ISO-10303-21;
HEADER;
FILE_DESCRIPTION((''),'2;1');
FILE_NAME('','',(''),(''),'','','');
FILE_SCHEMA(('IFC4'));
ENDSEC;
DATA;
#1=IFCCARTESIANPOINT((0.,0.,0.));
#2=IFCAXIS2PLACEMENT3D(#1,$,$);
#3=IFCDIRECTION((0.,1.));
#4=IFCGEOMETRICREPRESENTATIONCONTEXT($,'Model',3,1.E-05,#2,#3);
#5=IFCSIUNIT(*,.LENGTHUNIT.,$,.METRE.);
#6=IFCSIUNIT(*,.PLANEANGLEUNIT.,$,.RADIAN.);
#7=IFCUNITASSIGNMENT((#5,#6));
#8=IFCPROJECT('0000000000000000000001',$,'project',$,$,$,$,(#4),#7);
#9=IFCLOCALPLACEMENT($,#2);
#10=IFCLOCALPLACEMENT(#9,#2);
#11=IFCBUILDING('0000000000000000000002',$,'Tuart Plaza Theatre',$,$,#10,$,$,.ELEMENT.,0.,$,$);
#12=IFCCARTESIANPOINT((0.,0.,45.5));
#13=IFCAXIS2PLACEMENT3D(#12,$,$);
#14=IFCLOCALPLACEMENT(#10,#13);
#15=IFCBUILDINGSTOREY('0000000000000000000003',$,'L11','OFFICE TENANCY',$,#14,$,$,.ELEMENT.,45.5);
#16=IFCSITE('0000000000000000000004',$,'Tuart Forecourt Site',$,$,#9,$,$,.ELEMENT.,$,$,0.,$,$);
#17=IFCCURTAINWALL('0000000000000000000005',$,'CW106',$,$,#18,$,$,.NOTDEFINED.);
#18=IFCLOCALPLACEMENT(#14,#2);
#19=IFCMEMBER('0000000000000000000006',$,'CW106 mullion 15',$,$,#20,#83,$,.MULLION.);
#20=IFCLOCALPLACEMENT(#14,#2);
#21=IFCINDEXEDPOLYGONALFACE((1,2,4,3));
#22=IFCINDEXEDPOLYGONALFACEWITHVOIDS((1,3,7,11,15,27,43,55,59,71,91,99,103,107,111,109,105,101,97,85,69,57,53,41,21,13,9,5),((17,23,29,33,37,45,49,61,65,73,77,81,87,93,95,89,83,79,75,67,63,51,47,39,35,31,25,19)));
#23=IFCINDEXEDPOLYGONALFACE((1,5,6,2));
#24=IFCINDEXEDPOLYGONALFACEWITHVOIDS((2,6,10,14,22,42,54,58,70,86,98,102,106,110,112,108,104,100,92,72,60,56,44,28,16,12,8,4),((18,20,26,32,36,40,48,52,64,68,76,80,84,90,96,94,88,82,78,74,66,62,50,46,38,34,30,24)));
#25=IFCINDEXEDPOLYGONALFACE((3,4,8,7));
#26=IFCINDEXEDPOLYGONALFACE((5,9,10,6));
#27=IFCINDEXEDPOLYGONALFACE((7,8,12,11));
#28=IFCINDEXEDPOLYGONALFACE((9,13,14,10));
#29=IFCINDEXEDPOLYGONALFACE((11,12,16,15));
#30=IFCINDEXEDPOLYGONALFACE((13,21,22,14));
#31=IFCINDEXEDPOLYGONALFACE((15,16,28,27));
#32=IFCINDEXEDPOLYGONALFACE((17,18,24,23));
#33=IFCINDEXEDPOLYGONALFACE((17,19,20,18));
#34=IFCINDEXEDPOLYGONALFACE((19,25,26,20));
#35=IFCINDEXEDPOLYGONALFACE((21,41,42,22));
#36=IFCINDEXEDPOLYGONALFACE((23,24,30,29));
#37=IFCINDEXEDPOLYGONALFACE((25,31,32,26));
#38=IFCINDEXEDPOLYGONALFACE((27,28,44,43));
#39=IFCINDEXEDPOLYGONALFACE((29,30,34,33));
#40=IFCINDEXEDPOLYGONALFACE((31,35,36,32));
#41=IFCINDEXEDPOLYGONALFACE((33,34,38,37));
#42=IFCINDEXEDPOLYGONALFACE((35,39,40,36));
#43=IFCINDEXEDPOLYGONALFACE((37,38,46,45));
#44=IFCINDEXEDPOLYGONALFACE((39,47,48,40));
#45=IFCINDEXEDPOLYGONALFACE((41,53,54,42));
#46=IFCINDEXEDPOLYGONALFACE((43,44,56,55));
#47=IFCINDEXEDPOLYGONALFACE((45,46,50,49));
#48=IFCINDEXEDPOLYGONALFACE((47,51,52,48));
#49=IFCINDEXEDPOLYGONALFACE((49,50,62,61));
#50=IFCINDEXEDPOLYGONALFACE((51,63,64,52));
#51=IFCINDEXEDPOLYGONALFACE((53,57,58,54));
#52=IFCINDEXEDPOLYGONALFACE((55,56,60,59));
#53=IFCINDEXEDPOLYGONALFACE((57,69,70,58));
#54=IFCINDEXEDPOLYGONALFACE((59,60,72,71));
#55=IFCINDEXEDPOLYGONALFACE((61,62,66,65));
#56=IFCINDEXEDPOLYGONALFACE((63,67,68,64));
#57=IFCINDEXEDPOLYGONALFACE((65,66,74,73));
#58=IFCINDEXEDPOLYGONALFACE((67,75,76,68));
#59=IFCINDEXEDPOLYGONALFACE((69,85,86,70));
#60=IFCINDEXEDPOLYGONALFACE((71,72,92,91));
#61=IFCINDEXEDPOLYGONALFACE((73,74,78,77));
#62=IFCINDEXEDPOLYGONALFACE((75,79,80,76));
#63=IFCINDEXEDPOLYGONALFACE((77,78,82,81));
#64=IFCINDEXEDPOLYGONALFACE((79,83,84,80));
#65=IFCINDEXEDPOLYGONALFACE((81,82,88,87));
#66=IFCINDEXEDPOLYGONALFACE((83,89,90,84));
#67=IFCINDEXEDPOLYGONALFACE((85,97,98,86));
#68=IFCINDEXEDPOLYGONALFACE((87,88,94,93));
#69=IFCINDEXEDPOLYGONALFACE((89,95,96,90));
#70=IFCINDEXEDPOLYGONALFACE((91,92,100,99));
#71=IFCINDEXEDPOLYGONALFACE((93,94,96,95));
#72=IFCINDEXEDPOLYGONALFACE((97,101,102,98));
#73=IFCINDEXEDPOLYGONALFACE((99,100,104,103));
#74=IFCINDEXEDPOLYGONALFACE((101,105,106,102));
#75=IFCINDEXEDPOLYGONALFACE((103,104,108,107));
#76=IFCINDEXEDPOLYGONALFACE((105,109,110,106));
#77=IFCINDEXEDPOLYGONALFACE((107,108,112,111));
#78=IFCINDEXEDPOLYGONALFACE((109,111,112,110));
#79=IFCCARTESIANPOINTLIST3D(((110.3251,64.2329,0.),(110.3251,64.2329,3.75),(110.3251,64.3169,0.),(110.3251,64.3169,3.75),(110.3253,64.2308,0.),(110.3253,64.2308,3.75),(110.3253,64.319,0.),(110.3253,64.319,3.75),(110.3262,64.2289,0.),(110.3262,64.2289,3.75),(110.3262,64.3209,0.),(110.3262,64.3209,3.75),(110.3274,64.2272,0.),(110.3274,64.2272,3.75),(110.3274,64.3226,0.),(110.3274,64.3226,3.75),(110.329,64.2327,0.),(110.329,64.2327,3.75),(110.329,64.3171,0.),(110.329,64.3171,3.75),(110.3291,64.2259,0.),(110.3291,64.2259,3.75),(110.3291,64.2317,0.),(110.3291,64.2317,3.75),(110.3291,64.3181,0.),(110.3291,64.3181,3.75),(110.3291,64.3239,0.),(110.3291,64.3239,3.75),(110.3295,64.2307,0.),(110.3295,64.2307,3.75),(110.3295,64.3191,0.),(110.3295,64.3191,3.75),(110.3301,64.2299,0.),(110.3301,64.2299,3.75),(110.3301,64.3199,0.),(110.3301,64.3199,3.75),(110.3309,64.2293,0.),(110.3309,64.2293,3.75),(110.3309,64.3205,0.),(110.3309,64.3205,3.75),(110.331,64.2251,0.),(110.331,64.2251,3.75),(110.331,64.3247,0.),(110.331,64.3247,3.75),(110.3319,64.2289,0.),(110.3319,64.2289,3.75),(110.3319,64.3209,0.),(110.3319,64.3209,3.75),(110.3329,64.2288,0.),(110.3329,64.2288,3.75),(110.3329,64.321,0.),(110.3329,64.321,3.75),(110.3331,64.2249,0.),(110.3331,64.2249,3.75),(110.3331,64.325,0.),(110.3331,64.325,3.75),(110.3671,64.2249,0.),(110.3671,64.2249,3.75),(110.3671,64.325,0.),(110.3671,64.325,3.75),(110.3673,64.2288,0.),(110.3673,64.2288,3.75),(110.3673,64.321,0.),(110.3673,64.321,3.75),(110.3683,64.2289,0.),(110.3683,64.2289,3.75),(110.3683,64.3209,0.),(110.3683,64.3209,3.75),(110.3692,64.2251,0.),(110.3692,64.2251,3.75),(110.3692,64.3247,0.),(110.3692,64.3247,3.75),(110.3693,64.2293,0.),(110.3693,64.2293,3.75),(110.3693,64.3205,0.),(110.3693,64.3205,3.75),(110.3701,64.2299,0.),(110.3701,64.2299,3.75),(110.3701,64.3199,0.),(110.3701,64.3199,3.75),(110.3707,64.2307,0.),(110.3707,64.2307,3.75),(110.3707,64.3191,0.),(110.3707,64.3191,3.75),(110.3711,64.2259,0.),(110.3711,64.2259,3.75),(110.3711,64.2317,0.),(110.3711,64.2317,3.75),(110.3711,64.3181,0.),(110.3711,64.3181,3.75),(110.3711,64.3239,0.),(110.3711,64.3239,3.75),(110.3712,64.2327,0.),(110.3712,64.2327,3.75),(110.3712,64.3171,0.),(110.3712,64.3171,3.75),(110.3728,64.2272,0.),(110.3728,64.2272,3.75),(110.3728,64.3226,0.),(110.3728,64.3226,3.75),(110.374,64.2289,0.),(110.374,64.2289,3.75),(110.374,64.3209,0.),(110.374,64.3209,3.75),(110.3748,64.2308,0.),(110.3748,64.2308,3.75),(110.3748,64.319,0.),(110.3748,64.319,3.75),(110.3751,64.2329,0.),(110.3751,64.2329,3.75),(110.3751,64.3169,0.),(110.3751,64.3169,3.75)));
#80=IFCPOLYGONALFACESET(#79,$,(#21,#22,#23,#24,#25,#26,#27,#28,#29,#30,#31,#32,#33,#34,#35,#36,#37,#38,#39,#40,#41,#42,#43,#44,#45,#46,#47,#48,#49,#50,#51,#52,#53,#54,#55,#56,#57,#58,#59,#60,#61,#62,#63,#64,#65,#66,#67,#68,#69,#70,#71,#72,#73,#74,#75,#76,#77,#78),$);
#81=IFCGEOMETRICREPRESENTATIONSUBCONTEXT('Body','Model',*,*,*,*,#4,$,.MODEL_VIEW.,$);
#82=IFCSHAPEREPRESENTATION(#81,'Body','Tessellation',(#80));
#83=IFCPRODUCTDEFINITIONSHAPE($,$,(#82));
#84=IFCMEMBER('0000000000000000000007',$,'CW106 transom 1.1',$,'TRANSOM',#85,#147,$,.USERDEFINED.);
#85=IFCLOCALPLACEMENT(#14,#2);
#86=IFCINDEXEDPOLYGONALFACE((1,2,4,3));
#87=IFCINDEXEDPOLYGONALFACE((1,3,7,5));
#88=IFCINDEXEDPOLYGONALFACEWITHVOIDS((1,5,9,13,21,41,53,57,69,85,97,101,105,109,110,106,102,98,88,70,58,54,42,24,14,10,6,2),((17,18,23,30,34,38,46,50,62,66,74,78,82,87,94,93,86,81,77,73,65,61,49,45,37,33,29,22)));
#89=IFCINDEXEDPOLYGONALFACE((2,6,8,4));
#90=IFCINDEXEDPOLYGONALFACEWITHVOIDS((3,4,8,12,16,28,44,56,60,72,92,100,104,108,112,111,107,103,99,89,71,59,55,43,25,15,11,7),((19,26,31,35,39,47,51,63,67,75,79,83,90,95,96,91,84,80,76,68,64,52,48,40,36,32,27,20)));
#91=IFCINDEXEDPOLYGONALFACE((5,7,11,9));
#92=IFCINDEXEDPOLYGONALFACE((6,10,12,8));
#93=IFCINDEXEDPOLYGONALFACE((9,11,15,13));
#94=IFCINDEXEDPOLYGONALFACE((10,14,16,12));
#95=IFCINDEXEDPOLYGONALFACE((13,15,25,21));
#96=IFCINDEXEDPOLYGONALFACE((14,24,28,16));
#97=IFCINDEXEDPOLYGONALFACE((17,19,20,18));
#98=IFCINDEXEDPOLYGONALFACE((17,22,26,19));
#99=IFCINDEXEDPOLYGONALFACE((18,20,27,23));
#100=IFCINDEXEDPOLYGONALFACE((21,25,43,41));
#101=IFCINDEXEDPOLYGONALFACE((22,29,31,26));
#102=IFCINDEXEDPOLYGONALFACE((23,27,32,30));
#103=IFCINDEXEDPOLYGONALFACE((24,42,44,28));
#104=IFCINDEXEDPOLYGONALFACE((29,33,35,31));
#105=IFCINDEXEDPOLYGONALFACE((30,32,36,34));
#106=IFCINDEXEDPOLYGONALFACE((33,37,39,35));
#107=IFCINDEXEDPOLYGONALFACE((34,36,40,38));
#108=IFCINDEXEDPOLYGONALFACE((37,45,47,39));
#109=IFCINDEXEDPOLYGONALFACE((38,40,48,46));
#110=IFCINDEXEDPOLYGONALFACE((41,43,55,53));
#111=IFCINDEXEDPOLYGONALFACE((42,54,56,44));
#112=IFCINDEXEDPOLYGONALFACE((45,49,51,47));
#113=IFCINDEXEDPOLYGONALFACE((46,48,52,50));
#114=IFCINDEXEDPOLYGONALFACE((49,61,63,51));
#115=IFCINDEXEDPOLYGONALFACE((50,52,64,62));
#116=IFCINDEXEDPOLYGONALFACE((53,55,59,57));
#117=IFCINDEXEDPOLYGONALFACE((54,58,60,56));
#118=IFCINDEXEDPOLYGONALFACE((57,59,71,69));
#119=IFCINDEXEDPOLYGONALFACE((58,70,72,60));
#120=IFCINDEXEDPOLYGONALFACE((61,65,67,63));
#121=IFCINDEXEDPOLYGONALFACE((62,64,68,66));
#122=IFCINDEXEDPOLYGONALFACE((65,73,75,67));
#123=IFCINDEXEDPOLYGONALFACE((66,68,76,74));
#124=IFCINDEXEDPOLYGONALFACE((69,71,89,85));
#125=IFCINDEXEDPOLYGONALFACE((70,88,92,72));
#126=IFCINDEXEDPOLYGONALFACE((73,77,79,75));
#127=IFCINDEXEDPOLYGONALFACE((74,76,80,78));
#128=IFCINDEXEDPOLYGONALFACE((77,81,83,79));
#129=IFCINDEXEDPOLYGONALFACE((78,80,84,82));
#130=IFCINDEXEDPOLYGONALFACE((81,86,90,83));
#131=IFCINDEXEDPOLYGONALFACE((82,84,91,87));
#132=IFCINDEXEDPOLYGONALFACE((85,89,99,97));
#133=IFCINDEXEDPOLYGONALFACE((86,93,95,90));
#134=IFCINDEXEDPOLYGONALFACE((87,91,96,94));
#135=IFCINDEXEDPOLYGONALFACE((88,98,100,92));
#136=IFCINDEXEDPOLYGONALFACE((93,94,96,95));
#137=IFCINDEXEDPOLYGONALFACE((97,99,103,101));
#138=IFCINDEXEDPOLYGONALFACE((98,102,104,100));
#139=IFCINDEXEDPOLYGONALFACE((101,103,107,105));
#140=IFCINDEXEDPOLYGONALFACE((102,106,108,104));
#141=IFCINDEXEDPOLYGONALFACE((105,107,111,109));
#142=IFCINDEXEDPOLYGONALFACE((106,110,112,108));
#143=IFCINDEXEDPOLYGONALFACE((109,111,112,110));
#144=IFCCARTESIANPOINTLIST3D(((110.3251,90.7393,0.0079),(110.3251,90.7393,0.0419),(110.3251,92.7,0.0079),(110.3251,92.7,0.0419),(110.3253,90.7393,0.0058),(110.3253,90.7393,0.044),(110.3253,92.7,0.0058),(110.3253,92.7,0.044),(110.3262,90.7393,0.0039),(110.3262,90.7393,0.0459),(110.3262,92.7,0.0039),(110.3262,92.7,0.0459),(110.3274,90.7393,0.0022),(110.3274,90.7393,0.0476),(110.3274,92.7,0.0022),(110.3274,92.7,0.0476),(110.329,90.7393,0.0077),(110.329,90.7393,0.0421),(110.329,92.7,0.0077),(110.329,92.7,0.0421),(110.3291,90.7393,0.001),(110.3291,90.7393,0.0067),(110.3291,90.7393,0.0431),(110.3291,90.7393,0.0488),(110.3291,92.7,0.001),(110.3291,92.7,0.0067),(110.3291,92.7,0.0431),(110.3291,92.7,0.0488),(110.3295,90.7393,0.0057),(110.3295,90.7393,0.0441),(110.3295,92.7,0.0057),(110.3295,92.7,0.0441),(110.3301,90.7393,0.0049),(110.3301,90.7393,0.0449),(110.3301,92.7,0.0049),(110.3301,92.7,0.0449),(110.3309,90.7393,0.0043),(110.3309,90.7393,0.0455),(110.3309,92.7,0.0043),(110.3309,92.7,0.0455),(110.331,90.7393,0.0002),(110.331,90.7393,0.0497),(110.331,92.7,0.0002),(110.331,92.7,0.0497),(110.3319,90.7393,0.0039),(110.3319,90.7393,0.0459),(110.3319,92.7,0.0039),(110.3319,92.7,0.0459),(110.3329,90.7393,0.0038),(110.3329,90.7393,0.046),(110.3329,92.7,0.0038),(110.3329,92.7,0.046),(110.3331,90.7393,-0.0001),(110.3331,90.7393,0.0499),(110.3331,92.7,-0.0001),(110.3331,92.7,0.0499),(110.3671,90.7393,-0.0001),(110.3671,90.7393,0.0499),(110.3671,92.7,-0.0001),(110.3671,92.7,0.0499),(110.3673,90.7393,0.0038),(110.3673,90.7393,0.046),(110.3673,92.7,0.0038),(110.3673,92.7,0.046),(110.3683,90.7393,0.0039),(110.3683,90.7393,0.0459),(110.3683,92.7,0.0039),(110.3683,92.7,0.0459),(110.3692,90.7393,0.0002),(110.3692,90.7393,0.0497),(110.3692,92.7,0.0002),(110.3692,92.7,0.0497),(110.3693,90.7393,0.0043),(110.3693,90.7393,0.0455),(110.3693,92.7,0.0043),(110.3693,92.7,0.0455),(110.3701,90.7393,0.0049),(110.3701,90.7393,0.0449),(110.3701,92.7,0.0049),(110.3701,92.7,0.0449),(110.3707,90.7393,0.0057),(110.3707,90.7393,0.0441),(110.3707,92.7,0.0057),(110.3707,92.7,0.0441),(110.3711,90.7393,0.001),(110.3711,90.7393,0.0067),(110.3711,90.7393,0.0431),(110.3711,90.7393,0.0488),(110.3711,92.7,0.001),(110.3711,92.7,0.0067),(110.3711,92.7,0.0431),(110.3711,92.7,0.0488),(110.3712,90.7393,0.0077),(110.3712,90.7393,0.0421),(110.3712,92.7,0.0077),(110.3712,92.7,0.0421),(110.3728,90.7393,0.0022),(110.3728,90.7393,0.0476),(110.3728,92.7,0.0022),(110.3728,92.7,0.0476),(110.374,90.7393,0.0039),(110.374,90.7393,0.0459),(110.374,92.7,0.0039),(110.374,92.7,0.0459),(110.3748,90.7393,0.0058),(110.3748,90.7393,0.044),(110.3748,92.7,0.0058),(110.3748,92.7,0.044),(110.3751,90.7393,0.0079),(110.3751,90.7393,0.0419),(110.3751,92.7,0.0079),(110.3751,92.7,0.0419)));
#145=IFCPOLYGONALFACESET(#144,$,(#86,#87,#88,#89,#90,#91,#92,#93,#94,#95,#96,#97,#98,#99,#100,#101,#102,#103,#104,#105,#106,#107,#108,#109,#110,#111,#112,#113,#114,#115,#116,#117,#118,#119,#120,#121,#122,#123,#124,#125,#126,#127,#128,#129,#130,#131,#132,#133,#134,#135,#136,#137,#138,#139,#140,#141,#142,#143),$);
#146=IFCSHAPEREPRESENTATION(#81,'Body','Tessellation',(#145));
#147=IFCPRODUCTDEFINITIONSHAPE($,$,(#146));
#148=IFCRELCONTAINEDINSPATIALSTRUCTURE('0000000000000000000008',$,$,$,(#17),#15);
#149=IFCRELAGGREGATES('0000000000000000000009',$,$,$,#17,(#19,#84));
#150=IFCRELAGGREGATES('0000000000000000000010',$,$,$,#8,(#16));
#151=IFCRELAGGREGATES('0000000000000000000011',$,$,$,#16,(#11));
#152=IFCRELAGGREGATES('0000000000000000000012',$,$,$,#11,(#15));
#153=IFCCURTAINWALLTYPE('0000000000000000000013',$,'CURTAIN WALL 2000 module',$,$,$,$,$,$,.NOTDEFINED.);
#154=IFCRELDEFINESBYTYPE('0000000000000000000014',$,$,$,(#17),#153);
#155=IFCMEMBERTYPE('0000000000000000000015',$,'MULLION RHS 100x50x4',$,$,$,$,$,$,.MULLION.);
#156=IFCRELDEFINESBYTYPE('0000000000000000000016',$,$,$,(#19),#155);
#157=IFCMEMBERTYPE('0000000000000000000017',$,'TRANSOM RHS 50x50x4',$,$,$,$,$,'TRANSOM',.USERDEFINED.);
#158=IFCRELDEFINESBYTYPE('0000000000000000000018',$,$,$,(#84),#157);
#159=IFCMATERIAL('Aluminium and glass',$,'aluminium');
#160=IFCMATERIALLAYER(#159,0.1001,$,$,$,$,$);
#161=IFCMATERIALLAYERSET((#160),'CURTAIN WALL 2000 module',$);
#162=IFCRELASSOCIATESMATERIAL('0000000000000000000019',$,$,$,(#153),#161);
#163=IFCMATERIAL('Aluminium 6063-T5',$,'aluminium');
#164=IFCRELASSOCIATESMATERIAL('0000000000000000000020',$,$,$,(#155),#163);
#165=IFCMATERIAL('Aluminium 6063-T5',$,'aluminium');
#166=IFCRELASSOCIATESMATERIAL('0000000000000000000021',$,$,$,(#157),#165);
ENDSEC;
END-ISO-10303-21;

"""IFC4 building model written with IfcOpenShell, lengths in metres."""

from ifc_helpers import new_model, si_unit, direction, frame, origin, origin_2d, place, context, subcontext, project, spatial, hollow_rectangle, extrude, material, layer, layer_set, material_profile, profile_set, type_object, element, aggregate, save


model = new_model("IFC4")

# Units and contexts
model_context = context("Model", 3, precision=1e-05, world=origin(), true_north=direction((0.0, 1.0)))
body_context = subcontext(model_context, "Body", "Model", "MODEL_VIEW")
ifc_project = project(units=[si_unit("LENGTHUNIT", "METRE"), si_unit("PLANEANGLEUNIT", "RADIAN")], contexts=[model_context])

# Site, building, storey
site_placement = place(None, origin())
site = spatial("IfcSite", under=ifc_project, at=site_placement, Name="Tuart Forecourt Site", CompositionType="ELEMENT", RefElevation=0.0)
building_placement = place(site_placement, origin())
building = spatial("IfcBuilding", under=site, at=building_placement, Name="Tuart Plaza Theatre", CompositionType="ELEMENT", ElevationOfRefHeight=0.0)
storey_placement = place(building_placement, frame((0.0, 0.0, 45.5)))
storey = spatial("IfcBuildingStorey", under=building, at=storey_placement, Name="L11", Description="OFFICE TENANCY", CompositionType="ELEMENT", Elevation=45.5)

# Curtain wall, members
ifc_material_1 = material(Name="Aluminium and glass", Category="aluminium")
ifc_layer_1 = layer(ifc_material_1, 0.1001)
ifc_layer_set_1 = layer_set([ifc_layer_1], Name="CURTAIN WALL 2000 module")
curtain_wall_type = type_object("IfcCurtainWallType", Name="CURTAIN WALL 2000 module", PredefinedType="NOTDEFINED", material=ifc_layer_set_1)
curtain_wall_placement = place(storey_placement, origin())
curtain_wall = element("IfcCurtainWall", 1, at=curtain_wall_placement, inside=storey, type_object=curtain_wall_type, Name="CW106", PredefinedType="NOTDEFINED")
ifc_material_2 = material(Name="Aluminium 6063-T5", Category="aluminium")
ifc_material_profile_1 = material_profile(ifc_material_2, hollow_rectangle(XDim=0.05, YDim=0.1001, WallThickness=0.0039, InnerFilletRadius=0.0039, OuterFilletRadius=0.0081, at=origin_2d()), Name="RHS 100x50x4")
ifc_profile_set_1 = profile_set([ifc_material_profile_1], Name="Aluminium 6063-T5")
member_type_1 = type_object("IfcMemberType", Name="MULLION RHS 100x50x4", PredefinedType="MULLION", material=ifc_profile_set_1)
member_1_placement = place(storey_placement, frame((110.3501, 64.2749, 0.0), z_axis=(0.0, 0.0, 1.0), x_axis=(1.0, 0.0, 0.0)))
member_1 = element("IfcMember", 2, at=member_1_placement, type_object=member_type_1, Name="CW106 mullion 15", PredefinedType="MULLION", context=body_context, shape_type="SweptSolid", body=[
    extrude(hollow_rectangle(XDim=0.05, YDim=0.1001, WallThickness=0.0039, InnerFilletRadius=0.0039, OuterFilletRadius=0.0081, at=origin_2d()), origin(), (0.0, 0.0, 1.0), 3.75),
])
ifc_material_3 = material(Name="Aluminium 6063-T5", Category="aluminium")
ifc_material_profile_2 = material_profile(ifc_material_3, hollow_rectangle(XDim=0.05, YDim=0.05, WallThickness=0.0039, InnerFilletRadius=0.0039, OuterFilletRadius=0.0081, at=origin_2d()), Name="RHS 50x50x4")
ifc_profile_set_2 = profile_set([ifc_material_profile_2], Name="Aluminium 6063-T5")
member_type_2 = type_object("IfcMemberType", Name="TRANSOM RHS 50x50x4", ElementType="TRANSOM", PredefinedType="USERDEFINED", material=ifc_profile_set_2)
member_2_placement = place(storey_placement, frame((110.3501, 92.7, 0.0249), z_axis=(0.0, -1.0, 0.0), x_axis=(1.0, 0.0, 0.0)))
member_2 = element("IfcMember", 3, at=member_2_placement, type_object=member_type_2, Name="CW106 transom 1.1", ObjectType="TRANSOM", PredefinedType="USERDEFINED", context=body_context, shape_type="SweptSolid", body=[
    extrude(hollow_rectangle(XDim=0.05, YDim=0.05, WallThickness=0.0039, InnerFilletRadius=0.0039, OuterFilletRadius=0.0081, at=origin_2d()), origin(), (0.0, 0.0, 1.0), 1.9607),
])
aggregate(curtain_wall, [member_1, member_2])

save(model, "model.ifc")
